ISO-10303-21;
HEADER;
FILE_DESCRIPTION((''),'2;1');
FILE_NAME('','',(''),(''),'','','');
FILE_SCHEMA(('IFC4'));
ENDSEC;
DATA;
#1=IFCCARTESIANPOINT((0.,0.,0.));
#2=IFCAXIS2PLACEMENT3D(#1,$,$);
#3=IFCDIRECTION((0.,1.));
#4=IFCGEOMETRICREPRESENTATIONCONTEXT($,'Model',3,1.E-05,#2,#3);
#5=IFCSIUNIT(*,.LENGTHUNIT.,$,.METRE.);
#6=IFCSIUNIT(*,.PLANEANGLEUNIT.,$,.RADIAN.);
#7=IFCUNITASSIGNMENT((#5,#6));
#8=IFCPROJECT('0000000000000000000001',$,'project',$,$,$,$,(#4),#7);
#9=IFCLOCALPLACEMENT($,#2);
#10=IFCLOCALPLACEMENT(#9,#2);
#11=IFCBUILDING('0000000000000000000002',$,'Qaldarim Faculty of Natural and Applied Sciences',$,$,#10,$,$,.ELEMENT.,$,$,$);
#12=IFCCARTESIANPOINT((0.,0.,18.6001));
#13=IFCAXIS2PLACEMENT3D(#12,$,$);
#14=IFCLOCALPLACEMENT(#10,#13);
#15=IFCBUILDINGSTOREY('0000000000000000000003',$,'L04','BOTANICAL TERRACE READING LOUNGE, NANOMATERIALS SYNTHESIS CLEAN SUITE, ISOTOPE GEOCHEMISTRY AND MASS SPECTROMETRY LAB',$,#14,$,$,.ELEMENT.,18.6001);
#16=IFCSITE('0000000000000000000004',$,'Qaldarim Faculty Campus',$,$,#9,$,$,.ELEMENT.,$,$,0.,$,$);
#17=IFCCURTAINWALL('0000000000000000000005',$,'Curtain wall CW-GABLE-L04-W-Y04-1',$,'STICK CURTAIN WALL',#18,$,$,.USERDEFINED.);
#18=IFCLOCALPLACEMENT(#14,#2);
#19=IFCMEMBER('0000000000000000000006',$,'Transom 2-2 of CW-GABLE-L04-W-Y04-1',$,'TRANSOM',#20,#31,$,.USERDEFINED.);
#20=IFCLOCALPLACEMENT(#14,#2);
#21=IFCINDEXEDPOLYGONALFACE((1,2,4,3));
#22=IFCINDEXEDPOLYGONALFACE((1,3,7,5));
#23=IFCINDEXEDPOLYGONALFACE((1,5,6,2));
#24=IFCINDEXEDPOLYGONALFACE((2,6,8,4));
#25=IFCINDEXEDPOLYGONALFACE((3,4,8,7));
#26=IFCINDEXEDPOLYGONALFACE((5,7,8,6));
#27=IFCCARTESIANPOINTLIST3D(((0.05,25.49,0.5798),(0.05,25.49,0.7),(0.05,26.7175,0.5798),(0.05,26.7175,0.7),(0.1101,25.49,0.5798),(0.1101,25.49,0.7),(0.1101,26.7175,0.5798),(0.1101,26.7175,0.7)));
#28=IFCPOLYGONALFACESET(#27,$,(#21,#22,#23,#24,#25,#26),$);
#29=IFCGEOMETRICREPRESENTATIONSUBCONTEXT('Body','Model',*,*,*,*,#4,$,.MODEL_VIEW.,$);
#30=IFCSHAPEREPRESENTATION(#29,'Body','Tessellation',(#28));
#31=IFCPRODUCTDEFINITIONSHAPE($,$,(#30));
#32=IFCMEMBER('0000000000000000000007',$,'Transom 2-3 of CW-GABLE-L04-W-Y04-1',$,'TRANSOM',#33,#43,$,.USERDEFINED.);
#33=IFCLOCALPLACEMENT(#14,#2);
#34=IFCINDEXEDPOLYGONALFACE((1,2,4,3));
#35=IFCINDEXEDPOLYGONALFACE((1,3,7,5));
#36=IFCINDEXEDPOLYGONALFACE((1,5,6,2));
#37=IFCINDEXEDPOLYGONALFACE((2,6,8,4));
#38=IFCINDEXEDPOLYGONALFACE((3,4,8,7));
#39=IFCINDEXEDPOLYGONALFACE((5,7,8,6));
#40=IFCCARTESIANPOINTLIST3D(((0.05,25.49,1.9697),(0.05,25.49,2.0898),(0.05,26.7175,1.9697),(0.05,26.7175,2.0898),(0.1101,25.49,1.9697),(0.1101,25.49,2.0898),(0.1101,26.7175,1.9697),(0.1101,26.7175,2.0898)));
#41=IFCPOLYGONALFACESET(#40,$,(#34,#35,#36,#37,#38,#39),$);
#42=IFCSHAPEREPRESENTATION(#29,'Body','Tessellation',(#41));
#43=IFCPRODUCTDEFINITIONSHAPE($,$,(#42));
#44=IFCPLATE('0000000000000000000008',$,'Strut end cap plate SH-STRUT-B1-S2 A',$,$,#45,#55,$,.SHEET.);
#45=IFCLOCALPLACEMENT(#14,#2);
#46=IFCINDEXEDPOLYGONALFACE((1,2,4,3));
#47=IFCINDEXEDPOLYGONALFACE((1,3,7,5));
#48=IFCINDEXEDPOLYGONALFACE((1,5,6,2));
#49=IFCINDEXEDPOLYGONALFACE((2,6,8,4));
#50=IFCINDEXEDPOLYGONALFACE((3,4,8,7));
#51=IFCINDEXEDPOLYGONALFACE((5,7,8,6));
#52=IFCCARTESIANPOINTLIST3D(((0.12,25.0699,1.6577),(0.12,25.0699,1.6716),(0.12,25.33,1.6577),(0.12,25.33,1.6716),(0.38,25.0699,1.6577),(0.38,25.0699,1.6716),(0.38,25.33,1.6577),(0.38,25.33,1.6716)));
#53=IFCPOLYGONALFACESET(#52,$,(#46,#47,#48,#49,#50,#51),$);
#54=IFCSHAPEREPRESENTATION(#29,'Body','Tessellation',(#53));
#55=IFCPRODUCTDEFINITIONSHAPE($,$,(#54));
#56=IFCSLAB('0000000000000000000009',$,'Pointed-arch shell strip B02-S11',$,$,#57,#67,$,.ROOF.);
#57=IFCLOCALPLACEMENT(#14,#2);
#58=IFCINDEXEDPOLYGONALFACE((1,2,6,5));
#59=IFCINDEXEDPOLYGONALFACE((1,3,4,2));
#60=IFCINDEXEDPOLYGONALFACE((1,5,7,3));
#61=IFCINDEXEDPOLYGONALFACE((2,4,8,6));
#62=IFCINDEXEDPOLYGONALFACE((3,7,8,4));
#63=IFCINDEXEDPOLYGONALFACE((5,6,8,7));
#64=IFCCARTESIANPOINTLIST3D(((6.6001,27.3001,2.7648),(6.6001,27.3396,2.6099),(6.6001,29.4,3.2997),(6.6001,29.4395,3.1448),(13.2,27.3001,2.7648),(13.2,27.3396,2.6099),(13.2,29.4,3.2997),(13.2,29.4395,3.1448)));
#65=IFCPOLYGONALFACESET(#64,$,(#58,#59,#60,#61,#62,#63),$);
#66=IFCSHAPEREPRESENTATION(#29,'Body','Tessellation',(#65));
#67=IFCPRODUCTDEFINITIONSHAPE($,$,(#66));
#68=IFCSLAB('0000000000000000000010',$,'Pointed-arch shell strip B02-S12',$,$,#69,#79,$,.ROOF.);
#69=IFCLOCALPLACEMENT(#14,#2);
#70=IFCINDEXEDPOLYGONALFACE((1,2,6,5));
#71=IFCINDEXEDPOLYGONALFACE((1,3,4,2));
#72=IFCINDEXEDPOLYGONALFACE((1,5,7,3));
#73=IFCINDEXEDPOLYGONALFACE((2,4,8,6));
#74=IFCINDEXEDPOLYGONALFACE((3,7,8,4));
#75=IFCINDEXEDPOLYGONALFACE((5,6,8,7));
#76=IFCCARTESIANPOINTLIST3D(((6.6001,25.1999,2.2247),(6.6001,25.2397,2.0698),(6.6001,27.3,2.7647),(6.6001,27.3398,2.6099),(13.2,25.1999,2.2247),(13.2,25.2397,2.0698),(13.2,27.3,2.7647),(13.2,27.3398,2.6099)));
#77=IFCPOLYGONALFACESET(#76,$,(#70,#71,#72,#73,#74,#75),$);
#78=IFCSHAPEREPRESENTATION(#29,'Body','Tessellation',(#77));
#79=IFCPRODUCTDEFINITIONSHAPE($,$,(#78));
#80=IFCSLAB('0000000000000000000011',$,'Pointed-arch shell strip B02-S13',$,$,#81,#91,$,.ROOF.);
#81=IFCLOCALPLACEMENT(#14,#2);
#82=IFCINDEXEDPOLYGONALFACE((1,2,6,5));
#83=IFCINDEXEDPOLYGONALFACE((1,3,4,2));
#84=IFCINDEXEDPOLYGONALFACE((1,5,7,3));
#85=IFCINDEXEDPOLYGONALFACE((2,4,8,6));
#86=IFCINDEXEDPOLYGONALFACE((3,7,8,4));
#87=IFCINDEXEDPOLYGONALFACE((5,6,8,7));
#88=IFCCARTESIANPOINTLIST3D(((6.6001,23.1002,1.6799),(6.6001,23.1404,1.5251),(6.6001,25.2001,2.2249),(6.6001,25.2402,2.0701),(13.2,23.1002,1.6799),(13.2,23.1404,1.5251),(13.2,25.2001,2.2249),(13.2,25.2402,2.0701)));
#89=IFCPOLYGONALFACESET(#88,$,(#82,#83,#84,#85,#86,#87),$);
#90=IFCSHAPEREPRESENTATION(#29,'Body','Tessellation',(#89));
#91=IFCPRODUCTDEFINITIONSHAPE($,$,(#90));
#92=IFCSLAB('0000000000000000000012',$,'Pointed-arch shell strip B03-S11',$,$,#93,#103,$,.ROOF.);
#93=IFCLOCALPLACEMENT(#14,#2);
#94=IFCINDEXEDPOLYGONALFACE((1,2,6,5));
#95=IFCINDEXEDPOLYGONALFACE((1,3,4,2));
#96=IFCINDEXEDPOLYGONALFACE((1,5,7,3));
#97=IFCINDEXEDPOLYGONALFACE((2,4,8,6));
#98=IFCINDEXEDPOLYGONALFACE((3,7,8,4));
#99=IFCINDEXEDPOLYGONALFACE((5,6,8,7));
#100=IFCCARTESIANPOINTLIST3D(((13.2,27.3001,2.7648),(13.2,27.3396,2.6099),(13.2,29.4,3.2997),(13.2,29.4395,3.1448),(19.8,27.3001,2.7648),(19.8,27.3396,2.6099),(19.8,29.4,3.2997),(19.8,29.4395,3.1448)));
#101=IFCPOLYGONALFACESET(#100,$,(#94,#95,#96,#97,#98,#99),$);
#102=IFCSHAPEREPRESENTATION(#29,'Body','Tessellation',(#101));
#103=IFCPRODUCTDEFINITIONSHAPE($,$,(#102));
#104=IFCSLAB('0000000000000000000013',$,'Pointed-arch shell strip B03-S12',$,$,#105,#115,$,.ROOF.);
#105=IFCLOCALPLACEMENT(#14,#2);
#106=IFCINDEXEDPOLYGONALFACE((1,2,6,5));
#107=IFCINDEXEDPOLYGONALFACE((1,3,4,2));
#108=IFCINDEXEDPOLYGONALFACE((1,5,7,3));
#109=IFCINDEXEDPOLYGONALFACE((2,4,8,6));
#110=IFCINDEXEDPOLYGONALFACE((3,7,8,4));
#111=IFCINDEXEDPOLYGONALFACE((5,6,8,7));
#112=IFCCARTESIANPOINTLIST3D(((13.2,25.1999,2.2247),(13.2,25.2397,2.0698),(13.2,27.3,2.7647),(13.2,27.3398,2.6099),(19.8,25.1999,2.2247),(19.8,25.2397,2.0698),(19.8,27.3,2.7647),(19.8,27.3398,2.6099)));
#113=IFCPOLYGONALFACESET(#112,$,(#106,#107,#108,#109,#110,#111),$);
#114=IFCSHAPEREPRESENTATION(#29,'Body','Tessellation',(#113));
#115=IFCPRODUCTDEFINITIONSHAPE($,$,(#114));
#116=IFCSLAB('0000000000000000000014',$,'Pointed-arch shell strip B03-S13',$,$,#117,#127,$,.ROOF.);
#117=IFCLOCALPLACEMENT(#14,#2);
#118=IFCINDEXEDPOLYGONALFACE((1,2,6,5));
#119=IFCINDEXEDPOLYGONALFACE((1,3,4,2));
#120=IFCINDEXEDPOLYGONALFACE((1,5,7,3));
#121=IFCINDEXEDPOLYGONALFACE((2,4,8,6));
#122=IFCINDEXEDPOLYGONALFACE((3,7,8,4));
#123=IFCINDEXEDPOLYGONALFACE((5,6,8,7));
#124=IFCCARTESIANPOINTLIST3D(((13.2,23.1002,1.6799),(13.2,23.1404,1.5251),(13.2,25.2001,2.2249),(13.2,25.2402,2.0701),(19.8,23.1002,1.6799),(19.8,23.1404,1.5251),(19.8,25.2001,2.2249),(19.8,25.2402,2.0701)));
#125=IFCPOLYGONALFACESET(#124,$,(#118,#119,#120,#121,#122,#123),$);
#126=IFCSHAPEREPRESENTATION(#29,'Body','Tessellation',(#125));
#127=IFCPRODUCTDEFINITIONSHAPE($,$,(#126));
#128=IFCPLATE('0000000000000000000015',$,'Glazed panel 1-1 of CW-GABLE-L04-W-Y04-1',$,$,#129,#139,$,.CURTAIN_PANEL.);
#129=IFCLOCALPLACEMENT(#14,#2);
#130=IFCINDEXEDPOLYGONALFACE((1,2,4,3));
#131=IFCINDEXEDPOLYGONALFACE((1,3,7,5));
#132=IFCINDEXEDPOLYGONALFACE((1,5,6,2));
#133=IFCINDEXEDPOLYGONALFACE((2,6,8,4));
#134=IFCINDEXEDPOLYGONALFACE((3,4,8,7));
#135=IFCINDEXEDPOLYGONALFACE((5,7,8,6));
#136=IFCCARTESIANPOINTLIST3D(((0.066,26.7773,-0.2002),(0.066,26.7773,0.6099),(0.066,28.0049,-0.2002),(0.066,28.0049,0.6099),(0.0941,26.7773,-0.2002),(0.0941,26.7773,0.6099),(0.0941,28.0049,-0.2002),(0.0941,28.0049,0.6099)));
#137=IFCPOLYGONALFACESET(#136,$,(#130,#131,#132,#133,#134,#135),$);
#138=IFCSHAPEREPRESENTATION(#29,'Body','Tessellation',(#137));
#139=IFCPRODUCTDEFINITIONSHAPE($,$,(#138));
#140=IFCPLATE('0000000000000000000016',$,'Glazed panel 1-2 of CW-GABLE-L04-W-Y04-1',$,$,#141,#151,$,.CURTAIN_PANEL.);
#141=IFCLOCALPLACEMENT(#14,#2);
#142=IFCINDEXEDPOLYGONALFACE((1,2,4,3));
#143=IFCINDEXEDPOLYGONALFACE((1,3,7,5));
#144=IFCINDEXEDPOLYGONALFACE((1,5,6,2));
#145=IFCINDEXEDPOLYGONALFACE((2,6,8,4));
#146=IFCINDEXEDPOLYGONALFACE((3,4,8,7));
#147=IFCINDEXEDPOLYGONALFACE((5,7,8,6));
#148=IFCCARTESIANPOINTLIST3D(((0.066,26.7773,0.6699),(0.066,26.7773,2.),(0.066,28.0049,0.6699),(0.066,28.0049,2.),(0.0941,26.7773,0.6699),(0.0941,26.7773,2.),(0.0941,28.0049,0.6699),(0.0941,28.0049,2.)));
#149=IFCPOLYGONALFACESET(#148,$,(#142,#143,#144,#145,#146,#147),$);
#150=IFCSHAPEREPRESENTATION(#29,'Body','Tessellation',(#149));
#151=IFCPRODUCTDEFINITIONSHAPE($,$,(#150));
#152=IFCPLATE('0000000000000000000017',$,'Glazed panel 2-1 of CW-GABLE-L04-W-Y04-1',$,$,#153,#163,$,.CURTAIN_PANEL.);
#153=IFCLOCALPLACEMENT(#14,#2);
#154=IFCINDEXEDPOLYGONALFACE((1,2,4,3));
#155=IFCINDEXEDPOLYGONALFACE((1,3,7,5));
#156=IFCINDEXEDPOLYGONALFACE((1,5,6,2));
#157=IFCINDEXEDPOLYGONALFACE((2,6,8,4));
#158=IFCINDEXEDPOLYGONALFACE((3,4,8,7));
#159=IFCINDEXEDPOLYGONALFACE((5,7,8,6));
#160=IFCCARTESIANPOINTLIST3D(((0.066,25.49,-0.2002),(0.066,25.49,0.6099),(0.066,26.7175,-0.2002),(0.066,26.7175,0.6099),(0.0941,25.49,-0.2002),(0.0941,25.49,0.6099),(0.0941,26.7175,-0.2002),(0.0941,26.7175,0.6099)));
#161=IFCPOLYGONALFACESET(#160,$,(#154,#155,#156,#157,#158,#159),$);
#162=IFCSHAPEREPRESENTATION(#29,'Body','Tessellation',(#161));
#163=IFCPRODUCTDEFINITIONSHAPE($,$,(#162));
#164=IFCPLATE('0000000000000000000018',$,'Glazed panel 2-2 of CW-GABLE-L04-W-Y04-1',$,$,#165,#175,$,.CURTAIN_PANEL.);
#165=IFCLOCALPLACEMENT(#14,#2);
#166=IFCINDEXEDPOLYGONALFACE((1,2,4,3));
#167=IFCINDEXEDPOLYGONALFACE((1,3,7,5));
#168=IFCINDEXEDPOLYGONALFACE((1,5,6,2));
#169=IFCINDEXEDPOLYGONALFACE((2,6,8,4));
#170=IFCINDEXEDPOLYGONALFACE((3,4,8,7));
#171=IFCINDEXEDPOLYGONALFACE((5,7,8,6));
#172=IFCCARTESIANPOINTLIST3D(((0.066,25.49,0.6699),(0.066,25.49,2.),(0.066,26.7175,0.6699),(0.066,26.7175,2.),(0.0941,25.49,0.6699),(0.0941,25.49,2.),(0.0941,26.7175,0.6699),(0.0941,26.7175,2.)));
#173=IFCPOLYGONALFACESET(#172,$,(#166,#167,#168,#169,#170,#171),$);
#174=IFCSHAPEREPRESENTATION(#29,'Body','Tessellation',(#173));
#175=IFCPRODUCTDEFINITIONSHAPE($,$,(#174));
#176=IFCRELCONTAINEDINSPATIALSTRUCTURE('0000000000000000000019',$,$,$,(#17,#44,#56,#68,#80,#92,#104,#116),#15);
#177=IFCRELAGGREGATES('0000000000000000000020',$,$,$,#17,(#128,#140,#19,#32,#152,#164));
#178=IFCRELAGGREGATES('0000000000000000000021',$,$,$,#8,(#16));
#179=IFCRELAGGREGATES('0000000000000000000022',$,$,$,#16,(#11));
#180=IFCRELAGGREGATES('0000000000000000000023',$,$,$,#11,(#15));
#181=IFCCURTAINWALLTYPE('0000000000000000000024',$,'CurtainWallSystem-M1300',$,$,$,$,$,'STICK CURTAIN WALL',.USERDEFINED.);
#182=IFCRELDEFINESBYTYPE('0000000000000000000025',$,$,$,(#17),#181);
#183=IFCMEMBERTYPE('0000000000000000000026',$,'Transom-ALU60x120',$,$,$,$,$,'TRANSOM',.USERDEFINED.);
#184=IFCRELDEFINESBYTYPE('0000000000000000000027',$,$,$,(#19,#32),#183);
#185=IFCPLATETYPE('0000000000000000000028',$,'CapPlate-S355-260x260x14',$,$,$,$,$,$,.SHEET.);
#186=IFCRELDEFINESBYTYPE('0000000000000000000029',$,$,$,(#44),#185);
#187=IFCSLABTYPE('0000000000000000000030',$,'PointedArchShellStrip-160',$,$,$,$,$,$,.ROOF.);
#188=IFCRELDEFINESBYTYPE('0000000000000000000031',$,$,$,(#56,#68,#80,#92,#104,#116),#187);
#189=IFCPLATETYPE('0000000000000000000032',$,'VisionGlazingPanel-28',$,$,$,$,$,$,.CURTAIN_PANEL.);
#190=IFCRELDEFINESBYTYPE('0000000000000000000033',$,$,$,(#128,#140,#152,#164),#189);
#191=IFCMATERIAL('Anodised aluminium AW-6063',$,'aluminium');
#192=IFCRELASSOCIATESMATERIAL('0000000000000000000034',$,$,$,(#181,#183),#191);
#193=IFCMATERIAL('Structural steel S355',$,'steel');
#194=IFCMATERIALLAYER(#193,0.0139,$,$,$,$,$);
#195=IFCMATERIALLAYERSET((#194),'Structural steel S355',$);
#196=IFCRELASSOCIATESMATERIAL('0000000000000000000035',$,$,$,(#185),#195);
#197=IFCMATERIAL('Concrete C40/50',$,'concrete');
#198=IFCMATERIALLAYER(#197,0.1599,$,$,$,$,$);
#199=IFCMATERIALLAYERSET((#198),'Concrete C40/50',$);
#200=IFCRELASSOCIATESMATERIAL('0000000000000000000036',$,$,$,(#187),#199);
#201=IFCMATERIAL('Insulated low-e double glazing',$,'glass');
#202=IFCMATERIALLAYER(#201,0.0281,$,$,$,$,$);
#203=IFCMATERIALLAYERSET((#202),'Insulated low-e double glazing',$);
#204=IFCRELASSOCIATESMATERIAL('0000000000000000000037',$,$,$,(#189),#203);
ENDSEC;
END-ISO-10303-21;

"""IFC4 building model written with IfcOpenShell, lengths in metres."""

from ifc_helpers import new_model, si_unit, direction, frame, origin, origin_2d, place, context, subcontext, project, spatial, polyline, rectangle, outline, extrude, material, layer, layer_set, material_profile, profile_set, type_object, element, aggregate, save


model = new_model("IFC4")

# Units and contexts
model_context = context("Model", 3, precision=1e-05, world=origin(), true_north=direction((0.0, 1.0)))
body_context = subcontext(model_context, "Body", "Model", "MODEL_VIEW")
ifc_project = project(units=[si_unit("LENGTHUNIT", "METRE"), si_unit("PLANEANGLEUNIT", "RADIAN")], contexts=[model_context])

# Site, building, storey
site_placement = place(None, origin())
site = spatial("IfcSite", under=ifc_project, at=site_placement, Name="Qaldarim Faculty Campus", CompositionType="ELEMENT", RefElevation=0.0)
building_placement = place(site_placement, origin())
building = spatial("IfcBuilding", under=site, at=building_placement, Name="Qaldarim Faculty of Natural and Applied Sciences", CompositionType="ELEMENT")
storey_placement = place(building_placement, frame((0.0, 0.0, 18.6001)))
storey = spatial("IfcBuildingStorey", under=building, at=storey_placement, Name="L04", Description="BOTANICAL TERRACE READING LOUNGE, NANOMATERIALS SYNTHESIS CLEAN SUITE, ISOTOPE GEOCHEMISTRY AND MASS SPECTROMETRY LAB", CompositionType="ELEMENT", Elevation=18.6001)

# Shared definitions
ifc_material_1 = material(Name="Anodised aluminium AW-6063", Category="aluminium")

# Curtain wall
curtain_wall_type_1 = type_object("IfcCurtainWallType", Name="CurtainWallSystem-M1300", ElementType="STICK CURTAIN WALL", PredefinedType="USERDEFINED", material=ifc_material_1)
curtain_wall_1_placement = place(storey_placement, origin())
curtain_wall_1 = element("IfcCurtainWall", 1, at=curtain_wall_1_placement, inside=storey, type_object=curtain_wall_type_1, Name="Curtain wall CW-GABLE-L04-W-Y04-1", ObjectType="STICK CURTAIN WALL", PredefinedType="USERDEFINED")

# Members
ifc_material_2 = material(Name="Structural steel S355", Category="steel")
ifc_material_profile_1 = material_profile(ifc_material_1, rectangle(XDim=0.0601, YDim=0.1201, at=origin_2d()), Name="ALU-T60x120")
ifc_profile_set_1 = profile_set([ifc_material_profile_1], Name="Anodised aluminium AW-6063")
member_type_1 = type_object("IfcMemberType", Name="Transom-ALU60x120", ElementType="TRANSOM", PredefinedType="USERDEFINED", material=ifc_profile_set_1)
member_1_placement = place(storey_placement, frame((0.0801, 26.7175, 0.6399), z_axis=(0.0, -1.0, 0.0), x_axis=(1.0, 0.0, 0.0)))
member_1 = element("IfcMember", 2, at=member_1_placement, type_object=member_type_1, Name="Transom 2-2 of CW-GABLE-L04-W-Y04-1", ObjectType="TRANSOM", PredefinedType="USERDEFINED", context=body_context, shape_type="SweptSolid", body=[
    extrude(rectangle(XDim=0.0601, YDim=0.1201, at=origin_2d()), origin(), (0.0, 0.0, 1.0), 1.2275),
])
member_2_placement = place(storey_placement, frame((0.0801, 26.7175, 2.0298), z_axis=(0.0, -1.0, 0.0), x_axis=(1.0, 0.0, 0.0)))
member_2 = element("IfcMember", 3, at=member_2_placement, type_object=member_type_1, Name="Transom 2-3 of CW-GABLE-L04-W-Y04-1", ObjectType="TRANSOM", PredefinedType="USERDEFINED", context=body_context, shape_type="SweptSolid", body=[
    extrude(rectangle(XDim=0.0601, YDim=0.1201, at=origin_2d()), origin(), (0.0, 0.0, 1.0), 1.2275),
])

# Plate
ifc_layer_1 = layer(ifc_material_2, 0.0139)
ifc_layer_set_1 = layer_set([ifc_layer_1], Name="Structural steel S355")
plate_type_1 = type_object("IfcPlateType", Name="CapPlate-S355-260x260x14", PredefinedType="SHEET", material=ifc_layer_set_1)
plate_1_placement = place(storey_placement, frame((0.25, 25.2, 1.6577), z_axis=(0.0, 0.0, 1.0), x_axis=(1.0, 0.0, 0.0)))
element("IfcPlate", 4, at=plate_1_placement, inside=storey, type_object=plate_type_1, Name="Strut end cap plate SH-STRUT-B1-S2 A", PredefinedType="SHEET", context=body_context, shape_type="SweptSolid", body=[
    extrude(rectangle(XDim=0.26, YDim=0.26, at=origin_2d()), origin(), (0.0, 0.0, 1.0), 0.0139),
])

# Slabs
ifc_material_3 = material(Name="Concrete C40/50", Category="concrete")
ifc_layer_2 = layer(ifc_material_3, 0.1599)
ifc_layer_set_2 = layer_set([ifc_layer_2], Name="Concrete C40/50")
slab_type = type_object("IfcSlabType", Name="PointedArchShellStrip-160", PredefinedType="ROOF", material=ifc_layer_set_2)
slab_1_placement = place(storey_placement, frame((6.6001, 27.3396, 2.6099), z_axis=(0.0, -0.246854, 0.969053), x_axis=(1.0, 0.0, 0.0)))
element("IfcSlab", 5, at=slab_1_placement, inside=storey, type_object=slab_type, Name="Pointed-arch shell strip B02-S11", PredefinedType="ROOF", context=body_context, shape_type="SweptSolid", body=[
    extrude(outline(polyline([(0.0, 0.0), (6.5999, 0.0), (6.5999, 2.1669), (0.0, 2.1669), (0.0, 0.0)])), origin(), (0.0, 0.0, 1.0), 0.1599),
])
slab_2_placement = place(storey_placement, frame((6.6001, 25.2397, 2.0698), z_axis=(0.0, -0.249047, 0.968491), x_axis=(1.0, 0.0, 0.0)))
element("IfcSlab", 6, at=slab_2_placement, inside=storey, type_object=slab_type, Name="Pointed-arch shell strip B02-S12", PredefinedType="ROOF", context=body_context, shape_type="SweptSolid", body=[
    extrude(outline(polyline([(0.0, 0.0), (6.5999, 0.0), (6.5999, 2.1684), (0.0, 2.1684), (0.0, 0.0)])), origin(), (0.0, 0.0, 1.0), 0.1599),
])
slab_3_placement = place(storey_placement, frame((6.6001, 23.1404, 1.5251), z_axis=(0.0, -0.251185, 0.967939), x_axis=(1.0, 0.0, 0.0)))
element("IfcSlab", 7, at=slab_3_placement, inside=storey, type_object=slab_type, Name="Pointed-arch shell strip B02-S13", PredefinedType="ROOF", context=body_context, shape_type="SweptSolid", body=[
    extrude(outline(polyline([(0.0, 0.0), (6.5999, 0.0), (6.5999, 2.1694), (0.0, 2.1694), (0.0, 0.0)])), origin(), (0.0, 0.0, 1.0), 0.1599),
])
slab_4_placement = place(storey_placement, frame((13.2, 27.3396, 2.6099), z_axis=(0.0, -0.246854, 0.969053), x_axis=(1.0, 0.0, 0.0)))
element("IfcSlab", 8, at=slab_4_placement, inside=storey, type_object=slab_type, Name="Pointed-arch shell strip B03-S11", PredefinedType="ROOF", context=body_context, shape_type="SweptSolid", body=[
    extrude(outline(polyline([(0.0, 0.0), (6.6001, 0.0), (6.6001, 2.1669), (0.0, 2.1669), (0.0, 0.0)])), origin(), (0.0, 0.0, 1.0), 0.1599),
])
slab_5_placement = place(storey_placement, frame((13.2, 25.2397, 2.0698), z_axis=(0.0, -0.249047, 0.968491), x_axis=(1.0, 0.0, 0.0)))
element("IfcSlab", 9, at=slab_5_placement, inside=storey, type_object=slab_type, Name="Pointed-arch shell strip B03-S12", PredefinedType="ROOF", context=body_context, shape_type="SweptSolid", body=[
    extrude(outline(polyline([(0.0, 0.0), (6.6001, 0.0), (6.6001, 2.1684), (0.0, 2.1684), (0.0, 0.0)])), origin(), (0.0, 0.0, 1.0), 0.1599),
])
slab_6_placement = place(storey_placement, frame((13.2, 23.1404, 1.5251), z_axis=(0.0, -0.251185, 0.967939), x_axis=(1.0, 0.0, 0.0)))
element("IfcSlab", 10, at=slab_6_placement, inside=storey, type_object=slab_type, Name="Pointed-arch shell strip B03-S13", PredefinedType="ROOF", context=body_context, shape_type="SweptSolid", body=[
    extrude(outline(polyline([(0.0, 0.0), (6.6001, 0.0), (6.6001, 2.1694), (0.0, 2.1694), (0.0, 0.0)])), origin(), (0.0, 0.0, 1.0), 0.1599),
])

# Plates
ifc_material_4 = material(Name="Insulated low-e double glazing", Category="glass")
ifc_layer_3 = layer(ifc_material_4, 0.0281)
ifc_layer_set_3 = layer_set([ifc_layer_3], Name="Insulated low-e double glazing")
plate_type_2 = type_object("IfcPlateType", Name="VisionGlazingPanel-28", PredefinedType="CURTAIN_PANEL", material=ifc_layer_set_3)
plate_2_placement = place(storey_placement, frame((0.0801, 27.3911, -0.2002), z_axis=(0.0, 0.0, 1.0), x_axis=(0.0, -1.0, 0.0)))
plate_2 = element("IfcPlate", 11, at=plate_2_placement, type_object=plate_type_2, Name="Glazed panel 1-1 of CW-GABLE-L04-W-Y04-1", PredefinedType="CURTAIN_PANEL", context=body_context, shape_type="SweptSolid", body=[
    extrude(rectangle(XDim=1.2275, YDim=0.0281, at=origin_2d()), origin(), (0.0, 0.0, 1.0), 0.8101),
])
plate_3_placement = place(storey_placement, frame((0.0801, 27.3911, 0.6699), z_axis=(0.0, 0.0, 1.0), x_axis=(0.0, -1.0, 0.0)))
plate_3 = element("IfcPlate", 12, at=plate_3_placement, type_object=plate_type_2, Name="Glazed panel 1-2 of CW-GABLE-L04-W-Y04-1", PredefinedType="CURTAIN_PANEL", context=body_context, shape_type="SweptSolid", body=[
    extrude(rectangle(XDim=1.2275, YDim=0.0281, at=origin_2d()), origin(), (0.0, 0.0, 1.0), 1.3301),
])
plate_4_placement = place(storey_placement, frame((0.0801, 26.1038, -0.2002), z_axis=(0.0, 0.0, 1.0), x_axis=(0.0, -1.0, 0.0)))
plate_4 = element("IfcPlate", 13, at=plate_4_placement, type_object=plate_type_2, Name="Glazed panel 2-1 of CW-GABLE-L04-W-Y04-1", PredefinedType="CURTAIN_PANEL", context=body_context, shape_type="SweptSolid", body=[
    extrude(rectangle(XDim=1.2275, YDim=0.0281, at=origin_2d()), origin(), (0.0, 0.0, 1.0), 0.8101),
])
plate_5_placement = place(storey_placement, frame((0.0801, 26.1038, 0.6699), z_axis=(0.0, 0.0, 1.0), x_axis=(0.0, -1.0, 0.0)))
plate_5 = element("IfcPlate", 14, at=plate_5_placement, type_object=plate_type_2, Name="Glazed panel 2-2 of CW-GABLE-L04-W-Y04-1", PredefinedType="CURTAIN_PANEL", context=body_context, shape_type="SweptSolid", body=[
    extrude(rectangle(XDim=1.2275, YDim=0.0281, at=origin_2d()), origin(), (0.0, 0.0, 1.0), 1.3301),
])
aggregate(curtain_wall_1, [plate_2, plate_3, member_1, member_2, plate_4, plate_5])

save(model, "model.ifc")
